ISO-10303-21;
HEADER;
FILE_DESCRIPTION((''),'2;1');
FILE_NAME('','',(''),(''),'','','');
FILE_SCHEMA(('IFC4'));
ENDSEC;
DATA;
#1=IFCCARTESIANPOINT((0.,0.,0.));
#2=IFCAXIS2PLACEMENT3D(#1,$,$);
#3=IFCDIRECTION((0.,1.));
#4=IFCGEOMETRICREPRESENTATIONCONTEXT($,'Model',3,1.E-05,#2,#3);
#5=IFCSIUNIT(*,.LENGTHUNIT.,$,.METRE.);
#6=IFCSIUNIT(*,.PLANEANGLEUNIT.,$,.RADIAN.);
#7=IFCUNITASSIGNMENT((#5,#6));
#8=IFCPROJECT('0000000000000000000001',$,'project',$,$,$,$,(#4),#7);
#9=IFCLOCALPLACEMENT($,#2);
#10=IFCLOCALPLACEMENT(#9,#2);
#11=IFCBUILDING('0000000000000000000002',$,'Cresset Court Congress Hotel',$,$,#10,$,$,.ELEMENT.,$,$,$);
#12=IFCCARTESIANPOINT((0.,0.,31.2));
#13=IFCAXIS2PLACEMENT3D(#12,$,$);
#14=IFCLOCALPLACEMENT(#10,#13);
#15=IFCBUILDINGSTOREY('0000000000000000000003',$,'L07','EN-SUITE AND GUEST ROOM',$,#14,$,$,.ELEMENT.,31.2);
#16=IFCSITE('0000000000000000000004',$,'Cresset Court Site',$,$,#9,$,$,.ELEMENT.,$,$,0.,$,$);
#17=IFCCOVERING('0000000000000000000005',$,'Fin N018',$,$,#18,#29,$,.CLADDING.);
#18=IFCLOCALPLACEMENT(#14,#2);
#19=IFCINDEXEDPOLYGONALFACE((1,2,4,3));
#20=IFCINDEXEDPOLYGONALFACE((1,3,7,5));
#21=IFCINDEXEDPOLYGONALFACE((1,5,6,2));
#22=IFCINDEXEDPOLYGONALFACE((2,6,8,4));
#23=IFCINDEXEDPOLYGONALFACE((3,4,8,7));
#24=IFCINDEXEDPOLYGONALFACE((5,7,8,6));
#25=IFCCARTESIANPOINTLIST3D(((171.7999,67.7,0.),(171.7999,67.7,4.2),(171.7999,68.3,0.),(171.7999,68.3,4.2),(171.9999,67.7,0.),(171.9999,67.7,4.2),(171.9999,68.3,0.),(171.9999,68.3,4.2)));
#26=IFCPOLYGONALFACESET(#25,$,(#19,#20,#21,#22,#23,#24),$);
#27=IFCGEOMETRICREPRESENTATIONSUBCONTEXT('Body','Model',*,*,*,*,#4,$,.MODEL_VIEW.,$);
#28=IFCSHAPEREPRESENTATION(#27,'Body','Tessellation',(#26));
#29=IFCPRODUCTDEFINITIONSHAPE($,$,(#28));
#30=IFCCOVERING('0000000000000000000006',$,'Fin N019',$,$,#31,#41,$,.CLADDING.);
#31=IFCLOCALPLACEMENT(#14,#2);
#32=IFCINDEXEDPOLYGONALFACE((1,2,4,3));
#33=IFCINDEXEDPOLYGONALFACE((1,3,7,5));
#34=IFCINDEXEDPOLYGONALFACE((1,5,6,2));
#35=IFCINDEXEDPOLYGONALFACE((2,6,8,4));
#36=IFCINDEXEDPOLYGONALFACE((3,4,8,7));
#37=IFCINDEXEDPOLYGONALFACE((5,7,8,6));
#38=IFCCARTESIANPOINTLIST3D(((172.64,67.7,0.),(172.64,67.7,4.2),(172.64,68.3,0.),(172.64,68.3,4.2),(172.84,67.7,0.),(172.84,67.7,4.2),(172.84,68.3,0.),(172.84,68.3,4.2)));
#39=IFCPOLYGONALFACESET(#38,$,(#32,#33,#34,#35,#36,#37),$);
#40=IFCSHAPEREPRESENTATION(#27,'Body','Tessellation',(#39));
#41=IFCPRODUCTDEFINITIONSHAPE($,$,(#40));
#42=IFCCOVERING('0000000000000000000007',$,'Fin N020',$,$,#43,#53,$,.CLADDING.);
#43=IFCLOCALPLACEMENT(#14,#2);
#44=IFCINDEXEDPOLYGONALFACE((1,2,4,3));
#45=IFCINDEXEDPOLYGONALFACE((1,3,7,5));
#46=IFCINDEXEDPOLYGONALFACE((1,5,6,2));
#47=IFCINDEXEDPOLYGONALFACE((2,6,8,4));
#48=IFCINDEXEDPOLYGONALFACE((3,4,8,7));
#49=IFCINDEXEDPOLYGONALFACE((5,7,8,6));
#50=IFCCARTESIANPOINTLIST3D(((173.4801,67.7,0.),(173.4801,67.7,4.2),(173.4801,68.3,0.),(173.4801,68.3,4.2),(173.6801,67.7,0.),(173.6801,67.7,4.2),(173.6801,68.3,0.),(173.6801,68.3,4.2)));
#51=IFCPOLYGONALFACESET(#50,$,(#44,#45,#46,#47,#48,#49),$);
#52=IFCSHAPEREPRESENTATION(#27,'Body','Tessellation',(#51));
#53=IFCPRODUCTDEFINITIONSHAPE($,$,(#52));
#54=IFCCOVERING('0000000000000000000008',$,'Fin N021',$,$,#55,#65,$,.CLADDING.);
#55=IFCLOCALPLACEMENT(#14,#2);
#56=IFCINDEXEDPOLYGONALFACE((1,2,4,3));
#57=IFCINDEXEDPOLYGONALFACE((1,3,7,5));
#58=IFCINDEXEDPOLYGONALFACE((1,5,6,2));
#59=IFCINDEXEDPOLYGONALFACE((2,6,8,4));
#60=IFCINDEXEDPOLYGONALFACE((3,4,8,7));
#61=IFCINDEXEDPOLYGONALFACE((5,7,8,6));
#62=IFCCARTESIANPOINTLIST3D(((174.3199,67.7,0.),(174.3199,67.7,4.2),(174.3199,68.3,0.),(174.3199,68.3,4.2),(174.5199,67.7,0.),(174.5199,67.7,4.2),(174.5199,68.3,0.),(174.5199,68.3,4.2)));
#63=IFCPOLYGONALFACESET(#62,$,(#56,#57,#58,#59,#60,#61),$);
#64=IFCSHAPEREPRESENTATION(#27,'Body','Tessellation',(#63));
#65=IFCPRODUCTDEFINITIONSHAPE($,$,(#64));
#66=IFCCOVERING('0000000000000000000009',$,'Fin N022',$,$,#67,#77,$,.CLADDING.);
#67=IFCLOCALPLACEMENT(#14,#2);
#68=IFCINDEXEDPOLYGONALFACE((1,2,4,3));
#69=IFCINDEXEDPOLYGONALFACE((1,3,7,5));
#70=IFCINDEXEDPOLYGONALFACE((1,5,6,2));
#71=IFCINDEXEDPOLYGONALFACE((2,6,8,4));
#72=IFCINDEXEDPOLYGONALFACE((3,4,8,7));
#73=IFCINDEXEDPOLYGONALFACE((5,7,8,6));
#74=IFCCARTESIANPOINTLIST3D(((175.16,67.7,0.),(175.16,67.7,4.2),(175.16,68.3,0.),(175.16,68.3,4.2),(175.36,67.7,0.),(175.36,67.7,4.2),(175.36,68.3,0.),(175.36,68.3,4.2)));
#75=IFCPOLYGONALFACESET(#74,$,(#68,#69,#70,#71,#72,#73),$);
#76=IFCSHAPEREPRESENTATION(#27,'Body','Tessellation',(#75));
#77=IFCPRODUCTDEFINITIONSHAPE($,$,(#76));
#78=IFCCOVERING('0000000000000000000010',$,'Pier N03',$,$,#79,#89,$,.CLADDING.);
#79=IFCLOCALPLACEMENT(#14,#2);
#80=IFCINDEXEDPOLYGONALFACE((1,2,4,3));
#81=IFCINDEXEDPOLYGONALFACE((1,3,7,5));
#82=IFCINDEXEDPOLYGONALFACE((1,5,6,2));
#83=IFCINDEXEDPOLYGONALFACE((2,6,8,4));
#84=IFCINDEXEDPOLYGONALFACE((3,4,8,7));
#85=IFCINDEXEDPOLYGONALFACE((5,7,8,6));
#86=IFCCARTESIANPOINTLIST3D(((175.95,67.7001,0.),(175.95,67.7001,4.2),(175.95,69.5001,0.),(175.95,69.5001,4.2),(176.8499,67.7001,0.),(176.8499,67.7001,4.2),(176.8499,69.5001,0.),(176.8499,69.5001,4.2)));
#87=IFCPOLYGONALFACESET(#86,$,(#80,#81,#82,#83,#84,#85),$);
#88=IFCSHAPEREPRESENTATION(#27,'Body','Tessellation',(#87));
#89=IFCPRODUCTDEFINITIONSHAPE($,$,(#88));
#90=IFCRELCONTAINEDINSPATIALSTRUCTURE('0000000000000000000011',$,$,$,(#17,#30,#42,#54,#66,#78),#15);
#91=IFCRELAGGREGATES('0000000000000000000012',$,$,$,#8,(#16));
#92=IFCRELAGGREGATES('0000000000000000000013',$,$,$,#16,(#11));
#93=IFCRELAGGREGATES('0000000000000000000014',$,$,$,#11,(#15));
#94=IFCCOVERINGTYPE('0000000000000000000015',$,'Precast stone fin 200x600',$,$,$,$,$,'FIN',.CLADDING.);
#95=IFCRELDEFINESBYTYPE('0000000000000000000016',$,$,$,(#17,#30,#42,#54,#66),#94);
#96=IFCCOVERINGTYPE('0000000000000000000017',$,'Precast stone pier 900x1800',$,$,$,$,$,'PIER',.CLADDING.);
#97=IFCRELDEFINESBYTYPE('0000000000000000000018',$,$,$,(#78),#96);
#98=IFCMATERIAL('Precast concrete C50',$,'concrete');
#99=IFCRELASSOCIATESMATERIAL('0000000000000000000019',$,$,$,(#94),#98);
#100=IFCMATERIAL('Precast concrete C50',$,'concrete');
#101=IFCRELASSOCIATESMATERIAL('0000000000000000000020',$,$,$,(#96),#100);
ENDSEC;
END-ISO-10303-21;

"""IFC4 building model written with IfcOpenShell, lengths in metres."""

from ifc_helpers import new_model, si_unit, direction, frame, origin, origin_2d, place, context, subcontext, project, spatial, rectangle, extrude, material, type_object, element, save


model = new_model("IFC4")

# Units and contexts
model_context = context("Model", 3, precision=1e-05, world=origin(), true_north=direction((0.0, 1.0)))
body_context = subcontext(model_context, "Body", "Model", "MODEL_VIEW")
ifc_project = project(units=[si_unit("LENGTHUNIT", "METRE"), si_unit("PLANEANGLEUNIT", "RADIAN")], contexts=[model_context])

# Site, building, storey
site_placement = place(None, origin())
site = spatial("IfcSite", under=ifc_project, at=site_placement, Name="Cresset Court Site", CompositionType="ELEMENT", RefElevation=0.0)
building_placement = place(site_placement, origin())
building = spatial("IfcBuilding", under=site, at=building_placement, Name="Cresset Court Congress Hotel", CompositionType="ELEMENT")
storey_placement = place(building_placement, frame((0.0, 0.0, 31.2)))
storey = spatial("IfcBuildingStorey", under=building, at=storey_placement, Name="L07", Description="EN-SUITE AND GUEST ROOM", CompositionType="ELEMENT", Elevation=31.2)

# Coverings
ifc_material_1 = material(Name="Precast concrete C50", Category="concrete")
covering_type_1 = type_object("IfcCoveringType", Name="Precast stone fin 200x600", ElementType="FIN", PredefinedType="CLADDING", material=ifc_material_1)
for number, where, z_axis, x_axis, name in (
    (1, (171.8999, 68.0, 0.0), (0.0, 0.0, 1.0), (1.0, 0.0, 0.0), "Fin N018"),
    (2, (172.74, 68.0, 0.0), (0.0, 0.0, 1.0), (1.0, 0.0, 0.0), "Fin N019"),
    (3, (173.5801, 68.0, 0.0), (0.0, 0.0, 1.0), (1.0, 0.0, 0.0), "Fin N020"),
    (4, (174.4199, 68.0, 0.0), (0.0, 0.0, 1.0), (1.0, 0.0, 0.0), "Fin N021"),
    (5, (175.26, 68.0, 0.0), (0.0, 0.0, 1.0), (1.0, 0.0, 0.0), "Fin N022"),
):
    element("IfcCovering", number, at=place(storey_placement, frame(where, z_axis=z_axis, x_axis=x_axis)), inside=storey, type_object=covering_type_1, Name=name, PredefinedType="CLADDING", context=body_context, shape_type="SweptSolid", body=[
        extrude(rectangle(XDim=0.2, YDim=0.6001, at=origin_2d()), origin(), (0.0, 0.0, 1.0), 4.2),
    ])
ifc_material_2 = material(Name="Precast concrete C50", Category="concrete")
covering_type_2 = type_object("IfcCoveringType", Name="Precast stone pier 900x1800", ElementType="PIER", PredefinedType="CLADDING", material=ifc_material_2)
covering_placement = place(storey_placement, frame((176.3999, 68.6001, 0.0), z_axis=(0.0, 0.0, 1.0), x_axis=(1.0, 0.0, 0.0)))
element("IfcCovering", 6, at=covering_placement, inside=storey, type_object=covering_type_2, Name="Pier N03", PredefinedType="CLADDING", context=body_context, shape_type="SweptSolid", body=[
    extrude(rectangle(XDim=0.8999, YDim=1.8, at=origin_2d()), origin(), (0.0, 0.0, 1.0), 4.2),
])

save(model, "model.ifc")
